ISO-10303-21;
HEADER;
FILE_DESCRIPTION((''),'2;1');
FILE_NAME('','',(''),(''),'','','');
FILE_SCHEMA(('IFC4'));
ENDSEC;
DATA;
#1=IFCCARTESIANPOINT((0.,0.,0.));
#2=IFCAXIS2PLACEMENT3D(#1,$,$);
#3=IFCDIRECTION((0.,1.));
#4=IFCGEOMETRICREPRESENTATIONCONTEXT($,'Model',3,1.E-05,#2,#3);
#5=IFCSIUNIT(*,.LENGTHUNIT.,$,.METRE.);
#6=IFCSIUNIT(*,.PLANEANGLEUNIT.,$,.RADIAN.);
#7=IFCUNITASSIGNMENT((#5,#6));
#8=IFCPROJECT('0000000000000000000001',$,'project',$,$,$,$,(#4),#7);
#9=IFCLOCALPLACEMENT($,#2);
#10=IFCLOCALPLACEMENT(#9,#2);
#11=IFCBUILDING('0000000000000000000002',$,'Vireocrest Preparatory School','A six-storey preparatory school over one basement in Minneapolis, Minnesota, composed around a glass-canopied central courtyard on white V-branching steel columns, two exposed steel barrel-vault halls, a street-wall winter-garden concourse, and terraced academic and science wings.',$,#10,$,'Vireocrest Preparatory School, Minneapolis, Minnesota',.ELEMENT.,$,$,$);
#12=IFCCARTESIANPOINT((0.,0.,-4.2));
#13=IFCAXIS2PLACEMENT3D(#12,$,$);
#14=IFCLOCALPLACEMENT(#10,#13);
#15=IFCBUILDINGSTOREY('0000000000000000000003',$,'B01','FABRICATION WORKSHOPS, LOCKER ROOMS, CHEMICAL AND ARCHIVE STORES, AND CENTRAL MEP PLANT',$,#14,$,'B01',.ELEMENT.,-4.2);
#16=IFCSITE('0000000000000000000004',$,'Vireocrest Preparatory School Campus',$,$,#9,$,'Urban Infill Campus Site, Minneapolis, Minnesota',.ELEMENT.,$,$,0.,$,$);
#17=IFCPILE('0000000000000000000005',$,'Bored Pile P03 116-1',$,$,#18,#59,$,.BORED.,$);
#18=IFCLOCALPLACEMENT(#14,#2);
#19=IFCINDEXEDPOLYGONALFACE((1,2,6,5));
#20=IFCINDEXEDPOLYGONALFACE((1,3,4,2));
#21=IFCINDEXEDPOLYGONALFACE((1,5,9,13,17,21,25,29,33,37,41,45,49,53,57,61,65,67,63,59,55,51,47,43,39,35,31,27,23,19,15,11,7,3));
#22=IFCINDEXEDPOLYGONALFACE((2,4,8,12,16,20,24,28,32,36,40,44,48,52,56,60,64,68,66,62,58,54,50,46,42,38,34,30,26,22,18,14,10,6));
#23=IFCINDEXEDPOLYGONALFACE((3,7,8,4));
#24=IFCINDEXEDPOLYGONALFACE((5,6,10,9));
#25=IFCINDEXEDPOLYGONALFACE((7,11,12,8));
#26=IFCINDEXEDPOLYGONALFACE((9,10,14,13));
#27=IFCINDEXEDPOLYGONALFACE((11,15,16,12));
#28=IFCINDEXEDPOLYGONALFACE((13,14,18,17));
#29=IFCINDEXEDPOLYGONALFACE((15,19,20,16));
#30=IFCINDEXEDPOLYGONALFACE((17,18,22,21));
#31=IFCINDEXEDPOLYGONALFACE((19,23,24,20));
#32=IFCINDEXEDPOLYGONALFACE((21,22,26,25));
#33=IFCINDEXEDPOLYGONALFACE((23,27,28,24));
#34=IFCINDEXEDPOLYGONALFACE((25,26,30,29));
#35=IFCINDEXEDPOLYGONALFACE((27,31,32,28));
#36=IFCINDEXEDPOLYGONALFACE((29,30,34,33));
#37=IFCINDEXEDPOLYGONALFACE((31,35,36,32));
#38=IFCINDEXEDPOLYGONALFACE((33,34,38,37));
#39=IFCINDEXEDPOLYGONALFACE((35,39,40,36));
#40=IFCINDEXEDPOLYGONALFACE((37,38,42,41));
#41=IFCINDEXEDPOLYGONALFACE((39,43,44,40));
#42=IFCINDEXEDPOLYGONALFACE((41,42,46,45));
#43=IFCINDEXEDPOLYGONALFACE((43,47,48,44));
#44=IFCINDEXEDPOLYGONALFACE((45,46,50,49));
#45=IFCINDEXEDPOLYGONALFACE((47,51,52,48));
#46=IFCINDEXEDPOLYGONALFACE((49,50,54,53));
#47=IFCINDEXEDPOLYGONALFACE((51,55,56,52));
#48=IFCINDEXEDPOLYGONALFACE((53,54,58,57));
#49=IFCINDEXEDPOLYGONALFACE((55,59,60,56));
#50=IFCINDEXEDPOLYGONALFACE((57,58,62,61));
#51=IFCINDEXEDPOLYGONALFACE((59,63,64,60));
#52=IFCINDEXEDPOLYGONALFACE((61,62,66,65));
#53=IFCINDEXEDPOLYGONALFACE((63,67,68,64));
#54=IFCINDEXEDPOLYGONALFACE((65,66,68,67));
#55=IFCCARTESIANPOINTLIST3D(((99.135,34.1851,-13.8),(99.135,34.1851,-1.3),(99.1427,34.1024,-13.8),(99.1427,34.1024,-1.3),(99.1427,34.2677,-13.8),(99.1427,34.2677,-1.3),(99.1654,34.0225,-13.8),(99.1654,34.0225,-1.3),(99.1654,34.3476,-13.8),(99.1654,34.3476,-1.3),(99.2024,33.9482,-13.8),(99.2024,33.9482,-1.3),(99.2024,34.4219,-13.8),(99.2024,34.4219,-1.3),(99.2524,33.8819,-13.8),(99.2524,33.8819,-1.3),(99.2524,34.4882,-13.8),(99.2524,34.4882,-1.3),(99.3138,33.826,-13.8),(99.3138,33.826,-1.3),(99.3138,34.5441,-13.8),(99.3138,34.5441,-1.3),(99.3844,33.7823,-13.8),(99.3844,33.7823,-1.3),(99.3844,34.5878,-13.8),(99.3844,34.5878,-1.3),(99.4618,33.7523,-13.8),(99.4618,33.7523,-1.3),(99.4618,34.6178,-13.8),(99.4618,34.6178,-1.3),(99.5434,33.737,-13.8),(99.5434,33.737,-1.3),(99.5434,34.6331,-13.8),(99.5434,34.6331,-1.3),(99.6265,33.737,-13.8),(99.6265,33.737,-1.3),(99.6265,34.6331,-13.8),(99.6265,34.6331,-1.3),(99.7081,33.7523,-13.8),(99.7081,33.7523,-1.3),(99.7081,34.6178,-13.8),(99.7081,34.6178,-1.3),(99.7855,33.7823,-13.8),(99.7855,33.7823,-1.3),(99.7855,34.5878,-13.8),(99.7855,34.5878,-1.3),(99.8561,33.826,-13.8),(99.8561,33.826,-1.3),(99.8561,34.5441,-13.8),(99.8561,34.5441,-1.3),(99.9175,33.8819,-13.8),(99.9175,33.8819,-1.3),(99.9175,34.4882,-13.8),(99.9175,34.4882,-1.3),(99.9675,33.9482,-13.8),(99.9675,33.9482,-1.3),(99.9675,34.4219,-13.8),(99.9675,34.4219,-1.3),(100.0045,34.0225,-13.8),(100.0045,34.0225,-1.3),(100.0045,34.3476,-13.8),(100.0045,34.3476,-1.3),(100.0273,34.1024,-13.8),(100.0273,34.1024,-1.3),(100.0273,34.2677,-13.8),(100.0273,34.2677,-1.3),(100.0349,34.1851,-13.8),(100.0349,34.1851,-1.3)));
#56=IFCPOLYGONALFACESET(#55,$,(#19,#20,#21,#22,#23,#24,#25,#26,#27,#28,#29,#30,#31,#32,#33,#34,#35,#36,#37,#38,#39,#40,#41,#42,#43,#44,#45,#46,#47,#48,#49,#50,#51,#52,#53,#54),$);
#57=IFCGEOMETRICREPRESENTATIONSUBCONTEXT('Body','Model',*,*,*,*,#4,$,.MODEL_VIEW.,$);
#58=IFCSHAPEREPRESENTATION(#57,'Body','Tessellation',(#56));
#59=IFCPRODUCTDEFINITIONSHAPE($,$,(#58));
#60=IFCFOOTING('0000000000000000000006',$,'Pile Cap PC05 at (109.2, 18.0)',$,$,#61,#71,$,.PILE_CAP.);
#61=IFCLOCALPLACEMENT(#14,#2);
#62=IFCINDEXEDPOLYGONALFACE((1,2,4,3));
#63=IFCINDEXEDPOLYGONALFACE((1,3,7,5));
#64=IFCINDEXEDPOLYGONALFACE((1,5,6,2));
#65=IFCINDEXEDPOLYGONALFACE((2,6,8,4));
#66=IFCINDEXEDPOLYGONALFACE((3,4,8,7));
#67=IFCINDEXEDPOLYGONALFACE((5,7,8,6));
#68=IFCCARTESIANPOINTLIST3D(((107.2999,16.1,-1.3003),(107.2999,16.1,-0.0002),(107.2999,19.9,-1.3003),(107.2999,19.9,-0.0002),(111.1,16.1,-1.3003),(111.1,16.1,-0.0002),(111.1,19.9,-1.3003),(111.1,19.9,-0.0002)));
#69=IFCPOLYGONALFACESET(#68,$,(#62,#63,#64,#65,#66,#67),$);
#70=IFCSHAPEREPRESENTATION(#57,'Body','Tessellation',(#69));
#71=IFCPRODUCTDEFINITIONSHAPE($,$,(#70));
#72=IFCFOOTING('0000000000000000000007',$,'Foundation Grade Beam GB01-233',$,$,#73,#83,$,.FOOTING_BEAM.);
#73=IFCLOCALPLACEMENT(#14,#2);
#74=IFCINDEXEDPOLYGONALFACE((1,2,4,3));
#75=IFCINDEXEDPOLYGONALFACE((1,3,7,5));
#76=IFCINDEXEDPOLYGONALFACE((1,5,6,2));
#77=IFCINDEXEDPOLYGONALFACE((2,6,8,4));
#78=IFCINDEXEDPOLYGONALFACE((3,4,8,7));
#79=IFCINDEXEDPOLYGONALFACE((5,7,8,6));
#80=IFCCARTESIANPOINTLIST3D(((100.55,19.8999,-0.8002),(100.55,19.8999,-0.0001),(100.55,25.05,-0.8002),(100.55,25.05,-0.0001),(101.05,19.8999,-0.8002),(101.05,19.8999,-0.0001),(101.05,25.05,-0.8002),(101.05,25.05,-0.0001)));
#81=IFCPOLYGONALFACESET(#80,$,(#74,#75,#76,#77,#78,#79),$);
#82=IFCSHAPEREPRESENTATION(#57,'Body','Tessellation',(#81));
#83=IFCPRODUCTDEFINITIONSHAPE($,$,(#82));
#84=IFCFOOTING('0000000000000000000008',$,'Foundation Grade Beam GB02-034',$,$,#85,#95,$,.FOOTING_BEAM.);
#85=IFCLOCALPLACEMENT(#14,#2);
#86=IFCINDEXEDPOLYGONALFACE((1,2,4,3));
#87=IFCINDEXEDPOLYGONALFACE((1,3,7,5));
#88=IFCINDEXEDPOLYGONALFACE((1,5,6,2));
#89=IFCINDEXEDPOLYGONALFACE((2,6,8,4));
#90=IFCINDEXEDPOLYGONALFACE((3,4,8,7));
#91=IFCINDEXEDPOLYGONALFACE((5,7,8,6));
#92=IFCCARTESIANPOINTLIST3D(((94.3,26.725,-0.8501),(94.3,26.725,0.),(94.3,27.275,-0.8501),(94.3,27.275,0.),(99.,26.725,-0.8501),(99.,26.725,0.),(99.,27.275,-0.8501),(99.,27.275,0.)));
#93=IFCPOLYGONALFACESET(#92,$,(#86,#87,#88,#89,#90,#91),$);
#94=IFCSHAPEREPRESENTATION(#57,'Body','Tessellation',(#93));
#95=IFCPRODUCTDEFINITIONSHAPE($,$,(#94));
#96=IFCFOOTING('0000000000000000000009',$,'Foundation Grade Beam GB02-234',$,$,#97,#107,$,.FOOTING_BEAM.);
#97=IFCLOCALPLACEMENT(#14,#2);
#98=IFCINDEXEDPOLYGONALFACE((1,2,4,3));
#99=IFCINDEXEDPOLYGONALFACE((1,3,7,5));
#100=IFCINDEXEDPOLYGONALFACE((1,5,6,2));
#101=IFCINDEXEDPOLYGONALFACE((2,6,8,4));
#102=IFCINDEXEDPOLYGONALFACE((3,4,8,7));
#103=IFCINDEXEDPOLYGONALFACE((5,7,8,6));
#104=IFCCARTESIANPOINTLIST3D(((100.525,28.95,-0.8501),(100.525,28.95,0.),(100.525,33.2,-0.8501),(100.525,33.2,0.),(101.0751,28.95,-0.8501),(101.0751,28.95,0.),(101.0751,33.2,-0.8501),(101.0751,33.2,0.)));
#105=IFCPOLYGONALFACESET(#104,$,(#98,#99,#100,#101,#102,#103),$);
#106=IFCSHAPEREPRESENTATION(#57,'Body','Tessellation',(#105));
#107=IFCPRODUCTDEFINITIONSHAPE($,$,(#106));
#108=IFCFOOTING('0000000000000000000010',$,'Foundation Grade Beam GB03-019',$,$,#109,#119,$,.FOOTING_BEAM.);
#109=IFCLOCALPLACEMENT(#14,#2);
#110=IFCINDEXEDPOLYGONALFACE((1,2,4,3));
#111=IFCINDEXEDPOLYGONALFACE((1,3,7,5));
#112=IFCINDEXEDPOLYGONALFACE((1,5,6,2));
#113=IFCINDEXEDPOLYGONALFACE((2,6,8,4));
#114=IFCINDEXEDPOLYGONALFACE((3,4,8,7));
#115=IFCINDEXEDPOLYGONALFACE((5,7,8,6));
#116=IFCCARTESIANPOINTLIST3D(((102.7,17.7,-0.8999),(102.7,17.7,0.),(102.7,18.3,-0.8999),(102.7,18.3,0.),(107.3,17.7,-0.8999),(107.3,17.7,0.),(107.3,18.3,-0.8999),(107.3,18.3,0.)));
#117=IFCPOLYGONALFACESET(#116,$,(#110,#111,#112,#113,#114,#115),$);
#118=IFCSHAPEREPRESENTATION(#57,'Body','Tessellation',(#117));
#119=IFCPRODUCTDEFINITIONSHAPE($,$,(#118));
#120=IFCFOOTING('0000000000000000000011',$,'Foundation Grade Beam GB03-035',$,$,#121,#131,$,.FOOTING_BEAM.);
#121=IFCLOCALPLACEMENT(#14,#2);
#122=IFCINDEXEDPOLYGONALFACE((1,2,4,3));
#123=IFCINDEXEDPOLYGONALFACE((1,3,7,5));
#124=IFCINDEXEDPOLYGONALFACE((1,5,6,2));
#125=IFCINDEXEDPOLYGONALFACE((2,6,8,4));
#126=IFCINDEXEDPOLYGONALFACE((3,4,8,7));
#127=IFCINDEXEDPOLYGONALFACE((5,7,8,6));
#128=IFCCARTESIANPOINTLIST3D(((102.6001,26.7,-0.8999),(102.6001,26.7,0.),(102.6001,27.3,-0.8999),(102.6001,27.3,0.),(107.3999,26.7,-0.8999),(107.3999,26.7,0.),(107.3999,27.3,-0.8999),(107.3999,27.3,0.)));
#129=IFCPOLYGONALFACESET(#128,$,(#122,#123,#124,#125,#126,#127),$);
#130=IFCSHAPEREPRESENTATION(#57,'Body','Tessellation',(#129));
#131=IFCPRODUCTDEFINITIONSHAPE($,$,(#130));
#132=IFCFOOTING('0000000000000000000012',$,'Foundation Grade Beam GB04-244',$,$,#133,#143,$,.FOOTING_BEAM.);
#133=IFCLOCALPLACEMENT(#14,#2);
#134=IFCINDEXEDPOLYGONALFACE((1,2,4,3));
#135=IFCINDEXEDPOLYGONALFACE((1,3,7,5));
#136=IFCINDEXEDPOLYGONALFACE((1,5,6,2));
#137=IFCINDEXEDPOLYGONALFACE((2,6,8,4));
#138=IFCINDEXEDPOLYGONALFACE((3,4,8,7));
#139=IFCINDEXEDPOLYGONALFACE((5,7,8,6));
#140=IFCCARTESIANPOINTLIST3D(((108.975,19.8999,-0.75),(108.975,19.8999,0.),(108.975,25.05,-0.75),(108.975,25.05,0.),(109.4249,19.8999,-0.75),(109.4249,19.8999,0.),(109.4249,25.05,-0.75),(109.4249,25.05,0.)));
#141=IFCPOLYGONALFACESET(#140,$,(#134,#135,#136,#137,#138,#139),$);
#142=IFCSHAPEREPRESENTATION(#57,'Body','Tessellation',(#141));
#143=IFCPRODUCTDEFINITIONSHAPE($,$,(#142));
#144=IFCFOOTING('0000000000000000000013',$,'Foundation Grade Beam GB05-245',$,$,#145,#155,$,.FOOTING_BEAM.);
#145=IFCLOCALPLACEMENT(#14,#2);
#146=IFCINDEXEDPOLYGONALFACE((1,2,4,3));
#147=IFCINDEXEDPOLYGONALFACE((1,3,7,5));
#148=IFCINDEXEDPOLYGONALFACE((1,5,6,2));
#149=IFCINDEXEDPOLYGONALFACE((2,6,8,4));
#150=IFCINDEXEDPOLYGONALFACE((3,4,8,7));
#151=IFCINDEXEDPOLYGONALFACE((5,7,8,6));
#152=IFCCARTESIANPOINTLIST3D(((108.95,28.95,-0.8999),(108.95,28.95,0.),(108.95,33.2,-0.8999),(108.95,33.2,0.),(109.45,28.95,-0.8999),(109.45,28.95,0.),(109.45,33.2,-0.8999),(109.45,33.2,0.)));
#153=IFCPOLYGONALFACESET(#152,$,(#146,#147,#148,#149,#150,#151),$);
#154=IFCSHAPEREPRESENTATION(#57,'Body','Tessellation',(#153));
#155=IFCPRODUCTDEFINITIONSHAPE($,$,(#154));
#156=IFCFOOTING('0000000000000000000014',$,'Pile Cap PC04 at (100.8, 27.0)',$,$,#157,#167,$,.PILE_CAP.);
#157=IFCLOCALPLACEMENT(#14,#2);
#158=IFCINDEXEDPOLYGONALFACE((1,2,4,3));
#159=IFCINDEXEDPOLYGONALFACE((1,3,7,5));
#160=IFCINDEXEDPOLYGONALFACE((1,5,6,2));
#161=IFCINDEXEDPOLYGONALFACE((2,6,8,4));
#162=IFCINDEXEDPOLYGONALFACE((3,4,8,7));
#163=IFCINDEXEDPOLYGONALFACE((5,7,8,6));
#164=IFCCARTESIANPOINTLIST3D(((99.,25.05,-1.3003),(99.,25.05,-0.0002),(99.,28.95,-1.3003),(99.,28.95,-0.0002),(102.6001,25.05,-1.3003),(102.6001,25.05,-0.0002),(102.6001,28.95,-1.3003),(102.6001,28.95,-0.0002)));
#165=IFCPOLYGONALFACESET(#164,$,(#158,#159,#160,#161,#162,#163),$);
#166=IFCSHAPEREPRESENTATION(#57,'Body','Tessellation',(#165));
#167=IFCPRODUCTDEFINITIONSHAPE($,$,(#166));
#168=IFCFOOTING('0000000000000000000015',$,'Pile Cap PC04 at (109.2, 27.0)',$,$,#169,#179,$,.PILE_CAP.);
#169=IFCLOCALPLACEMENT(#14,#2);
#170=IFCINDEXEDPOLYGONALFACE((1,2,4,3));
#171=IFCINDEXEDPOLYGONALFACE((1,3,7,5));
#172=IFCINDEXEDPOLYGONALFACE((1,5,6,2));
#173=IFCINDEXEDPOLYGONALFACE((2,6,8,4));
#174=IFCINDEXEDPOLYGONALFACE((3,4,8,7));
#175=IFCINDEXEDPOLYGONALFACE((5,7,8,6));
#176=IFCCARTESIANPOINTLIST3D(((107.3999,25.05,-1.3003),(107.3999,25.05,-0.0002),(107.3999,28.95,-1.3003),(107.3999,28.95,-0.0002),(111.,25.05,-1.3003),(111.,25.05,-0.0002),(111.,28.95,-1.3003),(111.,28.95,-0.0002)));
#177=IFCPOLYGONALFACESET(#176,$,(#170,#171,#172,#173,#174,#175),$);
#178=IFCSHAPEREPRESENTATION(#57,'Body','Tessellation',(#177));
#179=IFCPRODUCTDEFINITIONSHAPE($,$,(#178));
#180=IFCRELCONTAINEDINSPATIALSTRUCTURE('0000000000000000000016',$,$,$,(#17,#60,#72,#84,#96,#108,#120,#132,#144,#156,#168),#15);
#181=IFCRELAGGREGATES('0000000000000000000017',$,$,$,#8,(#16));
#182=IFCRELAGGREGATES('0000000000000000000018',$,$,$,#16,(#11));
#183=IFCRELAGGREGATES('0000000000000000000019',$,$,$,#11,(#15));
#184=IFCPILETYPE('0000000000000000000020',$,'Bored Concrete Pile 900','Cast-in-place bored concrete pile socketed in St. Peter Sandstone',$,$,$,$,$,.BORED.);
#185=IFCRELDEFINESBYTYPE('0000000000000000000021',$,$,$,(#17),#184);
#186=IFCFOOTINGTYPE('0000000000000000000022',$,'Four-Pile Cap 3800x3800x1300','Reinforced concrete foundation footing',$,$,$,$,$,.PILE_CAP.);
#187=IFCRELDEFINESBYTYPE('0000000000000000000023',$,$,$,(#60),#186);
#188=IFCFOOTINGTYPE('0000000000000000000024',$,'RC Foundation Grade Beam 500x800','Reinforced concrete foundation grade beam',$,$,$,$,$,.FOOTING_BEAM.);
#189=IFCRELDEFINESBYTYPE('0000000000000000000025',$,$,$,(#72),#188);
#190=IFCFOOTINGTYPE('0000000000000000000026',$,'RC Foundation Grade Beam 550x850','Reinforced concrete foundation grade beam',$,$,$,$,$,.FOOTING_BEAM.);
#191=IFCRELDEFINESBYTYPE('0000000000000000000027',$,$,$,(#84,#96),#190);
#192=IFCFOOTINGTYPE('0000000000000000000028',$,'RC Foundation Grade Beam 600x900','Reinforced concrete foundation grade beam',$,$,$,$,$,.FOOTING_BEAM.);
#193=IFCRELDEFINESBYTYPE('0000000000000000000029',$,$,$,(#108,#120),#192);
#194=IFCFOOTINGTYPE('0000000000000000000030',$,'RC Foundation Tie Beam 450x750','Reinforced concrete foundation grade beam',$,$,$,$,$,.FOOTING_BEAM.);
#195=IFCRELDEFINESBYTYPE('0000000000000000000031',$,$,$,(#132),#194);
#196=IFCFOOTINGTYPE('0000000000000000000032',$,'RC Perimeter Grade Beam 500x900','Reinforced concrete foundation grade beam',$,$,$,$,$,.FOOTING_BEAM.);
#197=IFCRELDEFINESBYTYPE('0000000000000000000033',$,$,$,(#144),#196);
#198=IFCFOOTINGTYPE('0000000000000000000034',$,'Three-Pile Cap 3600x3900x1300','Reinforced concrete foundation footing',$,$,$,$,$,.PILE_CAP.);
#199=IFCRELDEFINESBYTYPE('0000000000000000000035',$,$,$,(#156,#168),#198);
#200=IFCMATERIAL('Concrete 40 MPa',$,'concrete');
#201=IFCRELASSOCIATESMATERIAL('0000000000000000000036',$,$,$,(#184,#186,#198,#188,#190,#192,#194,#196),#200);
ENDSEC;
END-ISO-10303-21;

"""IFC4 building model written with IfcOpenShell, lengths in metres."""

from ifc_helpers import new_model, si_unit, direction, frame, origin, origin_2d, place, context, subcontext, project, spatial, rectangle, circle, extrude, material, material_profile, profile_set, type_object, element, save


model = new_model("IFC4")

# Units and contexts
model_context = context("Model", 3, precision=1e-05, world=origin(), true_north=direction((0.0, 1.0)))
body_context = subcontext(model_context, "Body", "Model", "MODEL_VIEW")
ifc_project = project(units=[si_unit("LENGTHUNIT", "METRE"), si_unit("PLANEANGLEUNIT", "RADIAN")], contexts=[model_context])

# Site, building, storey
site_placement = place(None, origin())
site = spatial("IfcSite", under=ifc_project, at=site_placement, Name="Vireocrest Preparatory School Campus", LongName="Urban Infill Campus Site, Minneapolis, Minnesota", CompositionType="ELEMENT", RefElevation=0.0)
building_placement = place(site_placement, origin())
building = spatial("IfcBuilding", under=site, at=building_placement, Name="Vireocrest Preparatory School", Description="A six-storey preparatory school over one basement in Minneapolis, Minnesota, composed around a glass-canopied central courtyard on white V-branching steel columns, two exposed steel barrel-vault halls, a street-wall winter-garden concourse, and terraced academic and science wings.", LongName="Vireocrest Preparatory School, Minneapolis, Minnesota", CompositionType="ELEMENT")
storey_placement = place(building_placement, frame((0.0, 0.0, -4.2)))
storey = spatial("IfcBuildingStorey", under=building, at=storey_placement, Name="B01", Description="FABRICATION WORKSHOPS, LOCKER ROOMS, CHEMICAL AND ARCHIVE STORES, AND CENTRAL MEP PLANT", LongName="B01", CompositionType="ELEMENT", Elevation=-4.2)

# Pile
ifc_material_1 = material(Name="Concrete 40 MPa", Category="concrete")
ifc_material_profile_1 = material_profile(ifc_material_1, circle(Radius=0.45, at=origin_2d()), Name="BORED PILE 900")
ifc_profile_set_1 = profile_set([ifc_material_profile_1], Name="Concrete 40 MPa")
pile_type_1 = type_object("IfcPileType", Name="Bored Concrete Pile 900", Description="Cast-in-place bored concrete pile socketed in St. Peter Sandstone", PredefinedType="BORED", material=ifc_profile_set_1)
pile_placement = place(storey_placement, frame((99.585, 34.1851, -1.3), z_axis=(0.0, 0.0, -1.0), x_axis=(1.0, 0.0, 0.0)))
element("IfcPile", 1, at=pile_placement, inside=storey, type_object=pile_type_1, Name="Bored Pile P03 116-1", PredefinedType="BORED", context=body_context, shape_type="SweptSolid", body=[
    extrude(circle(Radius=0.45, at=origin_2d()), origin(), (0.0, 0.0, 1.0), 12.5),
])

# Footings
footing_type_1 = type_object("IfcFootingType", Name="Four-Pile Cap 3800x3800x1300", Description="Reinforced concrete foundation footing", PredefinedType="PILE_CAP", material=ifc_material_1)
footing_1_placement = place(storey_placement, frame((109.2, 18.0, -1.3003), z_axis=(0.0, 0.0, 1.0), x_axis=(1.0, 0.0, 0.0)))
element("IfcFooting", 2, at=footing_1_placement, inside=storey, type_object=footing_type_1, Name="Pile Cap PC05 at (109.2, 18.0)", PredefinedType="PILE_CAP", context=body_context, shape_type="SweptSolid", body=[
    extrude(rectangle(XDim=3.8, YDim=3.8, at=origin_2d()), origin(), (0.0, 0.0, 1.0), 1.3),
])
ifc_material_profile_2 = material_profile(ifc_material_1, rectangle(XDim=0.5, YDim=0.8, at=origin_2d()), Name="GB 500x800")
ifc_profile_set_2 = profile_set([ifc_material_profile_2], Name="Concrete 40 MPa")
footing_type_2 = type_object("IfcFootingType", Name="RC Foundation Grade Beam 500x800", Description="Reinforced concrete foundation grade beam", PredefinedType="FOOTING_BEAM", material=ifc_profile_set_2)
footing_2_placement = place(storey_placement, frame((100.8, 19.8999, -0.4001), z_axis=(0.0, 1.0, 0.0), x_axis=(-1.0, 0.0, 0.0)))
element("IfcFooting", 3, at=footing_2_placement, inside=storey, type_object=footing_type_2, Name="Foundation Grade Beam GB01-233", PredefinedType="FOOTING_BEAM", context=body_context, shape_type="SweptSolid", body=[
    extrude(rectangle(XDim=0.5, YDim=0.8, at=origin_2d()), origin(), (0.0, 0.0, 1.0), 5.1501),
])
ifc_material_profile_3 = material_profile(ifc_material_1, rectangle(XDim=0.55, YDim=0.8501, at=origin_2d()), Name="GB 550x850")
ifc_profile_set_3 = profile_set([ifc_material_profile_3], Name="Concrete 40 MPa")
footing_type_3 = type_object("IfcFootingType", Name="RC Foundation Grade Beam 550x850", Description="Reinforced concrete foundation grade beam", PredefinedType="FOOTING_BEAM", material=ifc_profile_set_3)
footing_3_placement = place(storey_placement, frame((94.3, 27.0, -0.425), z_axis=(1.0, 0.0, 0.0), x_axis=(0.0, 1.0, 0.0)))
element("IfcFooting", 4, at=footing_3_placement, inside=storey, type_object=footing_type_3, Name="Foundation Grade Beam GB02-034", PredefinedType="FOOTING_BEAM", context=body_context, shape_type="SweptSolid", body=[
    extrude(rectangle(XDim=0.55, YDim=0.8501, at=origin_2d()), origin(), (0.0, 0.0, 1.0), 4.7),
])
footing_4_placement = place(storey_placement, frame((100.8, 28.95, -0.425), z_axis=(0.0, 1.0, 0.0), x_axis=(-1.0, 0.0, 0.0)))
element("IfcFooting", 5, at=footing_4_placement, inside=storey, type_object=footing_type_3, Name="Foundation Grade Beam GB02-234", PredefinedType="FOOTING_BEAM", context=body_context, shape_type="SweptSolid", body=[
    extrude(rectangle(XDim=0.55, YDim=0.8501, at=origin_2d()), origin(), (0.0, 0.0, 1.0), 4.25),
])
ifc_material_profile_4 = material_profile(ifc_material_1, rectangle(XDim=0.6001, YDim=0.8999, at=origin_2d()), Name="GB 600x900")
ifc_profile_set_4 = profile_set([ifc_material_profile_4], Name="Concrete 40 MPa")
footing_type_4 = type_object("IfcFootingType", Name="RC Foundation Grade Beam 600x900", Description="Reinforced concrete foundation grade beam", PredefinedType="FOOTING_BEAM", material=ifc_profile_set_4)
footing_5_placement = place(storey_placement, frame((102.7, 18.0, -0.45), z_axis=(1.0, 0.0, 0.0), x_axis=(0.0, 1.0, 0.0)))
element("IfcFooting", 6, at=footing_5_placement, inside=storey, type_object=footing_type_4, Name="Foundation Grade Beam GB03-019", PredefinedType="FOOTING_BEAM", context=body_context, shape_type="SweptSolid", body=[
    extrude(rectangle(XDim=0.6001, YDim=0.8999, at=origin_2d()), origin(), (0.0, 0.0, 1.0), 4.6001),
])
footing_6_placement = place(storey_placement, frame((102.6001, 27.0, -0.45), z_axis=(1.0, 0.0, 0.0), x_axis=(0.0, 1.0, 0.0)))
element("IfcFooting", 7, at=footing_6_placement, inside=storey, type_object=footing_type_4, Name="Foundation Grade Beam GB03-035", PredefinedType="FOOTING_BEAM", context=body_context, shape_type="SweptSolid", body=[
    extrude(rectangle(XDim=0.6001, YDim=0.8999, at=origin_2d()), origin(), (0.0, 0.0, 1.0), 4.7998),
])
ifc_material_profile_5 = material_profile(ifc_material_1, rectangle(XDim=0.45, YDim=0.75, at=origin_2d()), Name="GB 450x750")
ifc_profile_set_5 = profile_set([ifc_material_profile_5], Name="Concrete 40 MPa")
footing_type_5 = type_object("IfcFootingType", Name="RC Foundation Tie Beam 450x750", Description="Reinforced concrete foundation grade beam", PredefinedType="FOOTING_BEAM", material=ifc_profile_set_5)
footing_7_placement = place(storey_placement, frame((109.2, 19.8999, -0.375), z_axis=(0.0, 1.0, 0.0), x_axis=(-1.0, 0.0, 0.0)))
element("IfcFooting", 8, at=footing_7_placement, inside=storey, type_object=footing_type_5, Name="Foundation Grade Beam GB04-244", PredefinedType="FOOTING_BEAM", context=body_context, shape_type="SweptSolid", body=[
    extrude(rectangle(XDim=0.45, YDim=0.75, at=origin_2d()), origin(), (0.0, 0.0, 1.0), 5.1501),
])
ifc_material_profile_6 = material_profile(ifc_material_1, rectangle(XDim=0.5, YDim=0.8999, at=origin_2d()), Name="GB 500x900")
ifc_profile_set_6 = profile_set([ifc_material_profile_6], Name="Concrete 40 MPa")
footing_type_6 = type_object("IfcFootingType", Name="RC Perimeter Grade Beam 500x900", Description="Reinforced concrete foundation grade beam", PredefinedType="FOOTING_BEAM", material=ifc_profile_set_6)
footing_8_placement = place(storey_placement, frame((109.2, 28.95, -0.45), z_axis=(0.0, 1.0, 0.0), x_axis=(-1.0, 0.0, 0.0)))
element("IfcFooting", 9, at=footing_8_placement, inside=storey, type_object=footing_type_6, Name="Foundation Grade Beam GB05-245", PredefinedType="FOOTING_BEAM", context=body_context, shape_type="SweptSolid", body=[
    extrude(rectangle(XDim=0.5, YDim=0.8999, at=origin_2d()), origin(), (0.0, 0.0, 1.0), 4.25),
])
footing_type_7 = type_object("IfcFootingType", Name="Three-Pile Cap 3600x3900x1300", Description="Reinforced concrete foundation footing", PredefinedType="PILE_CAP", material=ifc_material_1)
for number, where, z_axis, x_axis, name in (
    (10, (100.8, 27.0, -1.3003), (0.0, 0.0, 1.0), (1.0, 0.0, 0.0), "Pile Cap PC04 at (100.8, 27.0)"),
    (11, (109.2, 27.0, -1.3003), (0.0, 0.0, 1.0), (1.0, 0.0, 0.0), "Pile Cap PC04 at (109.2, 27.0)"),
):
    element("IfcFooting", number, at=place(storey_placement, frame(where, z_axis=z_axis, x_axis=x_axis)), inside=storey, type_object=footing_type_7, Name=name, PredefinedType="PILE_CAP", context=body_context, shape_type="SweptSolid", body=[
        extrude(rectangle(XDim=3.6001, YDim=3.8999, at=origin_2d()), origin(), (0.0, 0.0, 1.0), 1.3),
    ])

save(model, "model.ifc")
